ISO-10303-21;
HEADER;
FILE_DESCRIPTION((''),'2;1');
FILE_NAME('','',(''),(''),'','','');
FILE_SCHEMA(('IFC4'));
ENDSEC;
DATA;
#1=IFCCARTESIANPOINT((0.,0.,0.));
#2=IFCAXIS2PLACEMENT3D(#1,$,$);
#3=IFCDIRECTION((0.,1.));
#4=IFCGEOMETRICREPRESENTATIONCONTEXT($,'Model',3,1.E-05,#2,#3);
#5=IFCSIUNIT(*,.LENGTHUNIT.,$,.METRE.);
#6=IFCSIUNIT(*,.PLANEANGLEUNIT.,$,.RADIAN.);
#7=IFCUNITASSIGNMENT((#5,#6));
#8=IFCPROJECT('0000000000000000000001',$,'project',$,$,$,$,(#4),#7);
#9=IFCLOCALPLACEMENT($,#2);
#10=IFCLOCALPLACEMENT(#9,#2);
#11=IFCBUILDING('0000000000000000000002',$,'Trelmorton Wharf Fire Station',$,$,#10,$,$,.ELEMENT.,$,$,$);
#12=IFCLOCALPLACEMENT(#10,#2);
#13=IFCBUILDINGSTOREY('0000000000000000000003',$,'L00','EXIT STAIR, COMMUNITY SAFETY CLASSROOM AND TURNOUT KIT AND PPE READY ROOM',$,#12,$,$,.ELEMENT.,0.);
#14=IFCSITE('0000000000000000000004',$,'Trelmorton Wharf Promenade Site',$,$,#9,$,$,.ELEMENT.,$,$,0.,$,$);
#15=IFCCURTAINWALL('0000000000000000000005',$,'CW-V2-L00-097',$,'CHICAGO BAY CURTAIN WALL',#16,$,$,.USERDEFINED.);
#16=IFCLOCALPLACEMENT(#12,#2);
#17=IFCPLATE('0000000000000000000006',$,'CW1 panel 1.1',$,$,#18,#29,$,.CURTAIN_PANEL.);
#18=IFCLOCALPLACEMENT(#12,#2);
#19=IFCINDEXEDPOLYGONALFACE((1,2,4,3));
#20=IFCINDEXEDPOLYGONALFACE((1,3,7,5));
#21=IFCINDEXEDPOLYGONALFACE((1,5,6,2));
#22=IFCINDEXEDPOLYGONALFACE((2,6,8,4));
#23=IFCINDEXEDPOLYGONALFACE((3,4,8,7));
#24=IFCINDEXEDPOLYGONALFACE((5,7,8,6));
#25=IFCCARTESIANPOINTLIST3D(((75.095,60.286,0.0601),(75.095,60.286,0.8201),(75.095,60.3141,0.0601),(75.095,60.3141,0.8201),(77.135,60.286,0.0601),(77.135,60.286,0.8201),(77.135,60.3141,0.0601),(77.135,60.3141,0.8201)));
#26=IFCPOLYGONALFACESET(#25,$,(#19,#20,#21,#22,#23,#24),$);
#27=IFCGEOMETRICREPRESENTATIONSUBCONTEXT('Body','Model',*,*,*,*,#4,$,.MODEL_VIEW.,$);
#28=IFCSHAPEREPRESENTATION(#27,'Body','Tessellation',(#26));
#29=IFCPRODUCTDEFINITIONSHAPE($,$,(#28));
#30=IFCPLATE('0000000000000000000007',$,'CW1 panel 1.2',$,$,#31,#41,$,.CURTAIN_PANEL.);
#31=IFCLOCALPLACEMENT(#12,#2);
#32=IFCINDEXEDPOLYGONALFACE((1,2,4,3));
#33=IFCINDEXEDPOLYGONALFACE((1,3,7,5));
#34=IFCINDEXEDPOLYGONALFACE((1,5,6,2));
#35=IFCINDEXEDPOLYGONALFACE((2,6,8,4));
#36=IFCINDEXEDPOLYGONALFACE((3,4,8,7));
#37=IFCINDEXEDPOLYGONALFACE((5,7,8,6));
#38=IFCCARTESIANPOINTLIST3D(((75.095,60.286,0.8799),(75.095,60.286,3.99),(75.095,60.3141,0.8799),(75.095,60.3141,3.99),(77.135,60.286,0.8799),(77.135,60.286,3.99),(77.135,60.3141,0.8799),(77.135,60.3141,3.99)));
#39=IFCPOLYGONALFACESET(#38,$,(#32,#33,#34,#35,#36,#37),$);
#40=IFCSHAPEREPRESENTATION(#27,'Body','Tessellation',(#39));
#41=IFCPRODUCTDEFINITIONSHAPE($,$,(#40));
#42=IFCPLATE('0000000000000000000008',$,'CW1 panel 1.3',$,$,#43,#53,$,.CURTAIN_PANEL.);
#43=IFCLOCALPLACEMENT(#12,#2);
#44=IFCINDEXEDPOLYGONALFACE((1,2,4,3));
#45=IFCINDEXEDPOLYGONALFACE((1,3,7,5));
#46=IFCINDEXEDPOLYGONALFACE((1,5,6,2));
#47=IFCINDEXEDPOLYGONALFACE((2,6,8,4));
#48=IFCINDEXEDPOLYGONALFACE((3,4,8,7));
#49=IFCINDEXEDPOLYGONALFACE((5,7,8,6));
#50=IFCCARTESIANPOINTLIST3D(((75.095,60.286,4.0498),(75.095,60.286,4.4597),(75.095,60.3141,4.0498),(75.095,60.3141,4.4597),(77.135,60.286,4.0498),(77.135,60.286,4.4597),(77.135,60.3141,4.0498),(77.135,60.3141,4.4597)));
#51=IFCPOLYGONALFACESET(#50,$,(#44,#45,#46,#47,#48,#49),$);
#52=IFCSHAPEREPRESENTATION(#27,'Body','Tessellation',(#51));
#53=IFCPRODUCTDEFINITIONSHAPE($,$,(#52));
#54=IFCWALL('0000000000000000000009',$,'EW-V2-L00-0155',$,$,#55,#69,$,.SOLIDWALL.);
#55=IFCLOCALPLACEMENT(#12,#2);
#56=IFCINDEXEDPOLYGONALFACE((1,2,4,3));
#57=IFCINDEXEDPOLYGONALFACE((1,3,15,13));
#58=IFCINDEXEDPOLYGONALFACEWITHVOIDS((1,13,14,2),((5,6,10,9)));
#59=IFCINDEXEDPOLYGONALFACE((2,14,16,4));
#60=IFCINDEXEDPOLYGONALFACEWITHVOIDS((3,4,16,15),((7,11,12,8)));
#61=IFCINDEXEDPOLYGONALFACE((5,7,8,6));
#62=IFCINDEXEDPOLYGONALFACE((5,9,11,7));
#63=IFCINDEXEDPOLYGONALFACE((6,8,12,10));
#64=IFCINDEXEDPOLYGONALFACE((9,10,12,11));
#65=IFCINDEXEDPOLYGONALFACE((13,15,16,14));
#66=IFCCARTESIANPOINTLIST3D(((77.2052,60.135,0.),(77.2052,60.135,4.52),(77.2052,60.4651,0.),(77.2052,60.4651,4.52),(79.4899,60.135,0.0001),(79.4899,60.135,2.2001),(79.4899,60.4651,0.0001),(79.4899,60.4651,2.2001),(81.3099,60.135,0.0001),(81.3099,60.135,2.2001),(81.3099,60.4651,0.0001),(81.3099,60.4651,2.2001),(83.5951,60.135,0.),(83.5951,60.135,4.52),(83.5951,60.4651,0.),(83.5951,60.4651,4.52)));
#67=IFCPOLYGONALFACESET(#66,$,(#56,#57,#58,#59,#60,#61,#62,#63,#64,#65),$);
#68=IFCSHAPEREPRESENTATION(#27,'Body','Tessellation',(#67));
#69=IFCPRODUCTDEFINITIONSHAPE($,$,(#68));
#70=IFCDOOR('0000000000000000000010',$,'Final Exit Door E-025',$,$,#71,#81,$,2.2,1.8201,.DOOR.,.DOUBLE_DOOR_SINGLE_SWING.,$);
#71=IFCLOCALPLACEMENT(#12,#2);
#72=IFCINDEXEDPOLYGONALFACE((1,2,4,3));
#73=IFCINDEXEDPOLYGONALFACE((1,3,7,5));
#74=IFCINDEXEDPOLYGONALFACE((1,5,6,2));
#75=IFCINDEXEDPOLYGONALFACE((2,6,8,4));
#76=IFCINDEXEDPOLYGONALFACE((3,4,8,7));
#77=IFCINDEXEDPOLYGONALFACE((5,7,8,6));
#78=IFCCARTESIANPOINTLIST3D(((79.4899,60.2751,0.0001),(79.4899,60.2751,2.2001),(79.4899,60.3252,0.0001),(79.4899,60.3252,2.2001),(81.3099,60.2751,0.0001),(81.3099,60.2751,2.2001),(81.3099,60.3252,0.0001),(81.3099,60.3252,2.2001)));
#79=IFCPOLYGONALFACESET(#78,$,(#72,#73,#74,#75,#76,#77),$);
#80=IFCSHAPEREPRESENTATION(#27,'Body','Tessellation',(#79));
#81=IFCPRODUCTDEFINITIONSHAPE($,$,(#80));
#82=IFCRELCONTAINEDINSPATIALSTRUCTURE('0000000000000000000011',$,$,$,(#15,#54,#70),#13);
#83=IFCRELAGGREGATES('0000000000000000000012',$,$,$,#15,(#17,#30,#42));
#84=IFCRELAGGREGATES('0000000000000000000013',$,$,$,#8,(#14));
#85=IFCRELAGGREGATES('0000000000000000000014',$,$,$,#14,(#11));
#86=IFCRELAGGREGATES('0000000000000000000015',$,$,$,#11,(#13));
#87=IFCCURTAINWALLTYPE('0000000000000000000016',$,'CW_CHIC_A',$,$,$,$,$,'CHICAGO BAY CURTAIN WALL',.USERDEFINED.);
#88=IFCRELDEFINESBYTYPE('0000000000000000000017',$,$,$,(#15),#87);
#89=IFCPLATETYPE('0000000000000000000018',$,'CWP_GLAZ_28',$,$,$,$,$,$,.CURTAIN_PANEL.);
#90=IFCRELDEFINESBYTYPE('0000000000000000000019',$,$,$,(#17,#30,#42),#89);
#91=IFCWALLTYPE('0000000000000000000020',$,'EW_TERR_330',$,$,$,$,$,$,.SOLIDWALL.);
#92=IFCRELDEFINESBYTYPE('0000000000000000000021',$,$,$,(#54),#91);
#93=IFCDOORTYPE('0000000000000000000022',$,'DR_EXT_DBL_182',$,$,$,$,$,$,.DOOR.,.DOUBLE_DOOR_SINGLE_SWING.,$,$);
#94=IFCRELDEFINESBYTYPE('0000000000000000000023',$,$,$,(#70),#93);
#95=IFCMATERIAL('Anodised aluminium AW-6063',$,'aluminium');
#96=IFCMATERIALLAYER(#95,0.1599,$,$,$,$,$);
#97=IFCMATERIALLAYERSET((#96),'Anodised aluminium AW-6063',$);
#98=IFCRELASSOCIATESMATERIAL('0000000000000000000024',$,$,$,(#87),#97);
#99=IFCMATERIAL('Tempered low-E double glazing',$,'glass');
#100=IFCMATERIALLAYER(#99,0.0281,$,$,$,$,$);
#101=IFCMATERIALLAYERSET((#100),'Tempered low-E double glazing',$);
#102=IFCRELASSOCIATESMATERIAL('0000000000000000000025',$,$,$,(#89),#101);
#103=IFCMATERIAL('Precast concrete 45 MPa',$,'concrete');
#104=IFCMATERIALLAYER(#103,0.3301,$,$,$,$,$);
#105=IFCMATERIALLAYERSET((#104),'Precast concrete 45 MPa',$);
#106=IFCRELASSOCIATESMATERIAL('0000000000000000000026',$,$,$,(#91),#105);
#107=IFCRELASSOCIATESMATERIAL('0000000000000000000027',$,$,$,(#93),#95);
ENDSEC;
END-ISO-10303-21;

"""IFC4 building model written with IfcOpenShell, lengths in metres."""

from ifc_helpers import new_model, si_unit, direction, frame, frame_2d, origin, origin_2d, place, context, subcontext, project, spatial, rectangle, extrude, material, layer, layer_set, type_object, element, fill, aggregate, save


model = new_model("IFC4")

# Units and contexts
model_context = context("Model", 3, precision=1e-05, world=origin(), true_north=direction((0.0, 1.0)))
body_context = subcontext(model_context, "Body", "Model", "MODEL_VIEW")
ifc_project = project(units=[si_unit("LENGTHUNIT", "METRE"), si_unit("PLANEANGLEUNIT", "RADIAN")], contexts=[model_context])

# Site, building, storey
site_placement = place(None, origin())
site = spatial("IfcSite", under=ifc_project, at=site_placement, Name="Trelmorton Wharf Promenade Site", CompositionType="ELEMENT", RefElevation=0.0)
building_placement = place(site_placement, origin())
building = spatial("IfcBuilding", under=site, at=building_placement, Name="Trelmorton Wharf Fire Station", CompositionType="ELEMENT")
storey_placement = place(building_placement, origin())
storey = spatial("IfcBuildingStorey", under=building, at=storey_placement, Name="L00", Description="EXIT STAIR, COMMUNITY SAFETY CLASSROOM AND TURNOUT KIT AND PPE READY ROOM", CompositionType="ELEMENT", Elevation=0.0)

# Curtain wall
ifc_material_1 = material(Name="Anodised aluminium AW-6063", Category="aluminium")
ifc_layer_1 = layer(ifc_material_1, 0.1599)
ifc_layer_set_1 = layer_set([ifc_layer_1], Name="Anodised aluminium AW-6063")
curtain_wall_type = type_object("IfcCurtainWallType", Name="CW_CHIC_A", ElementType="CHICAGO BAY CURTAIN WALL", PredefinedType="USERDEFINED", material=ifc_layer_set_1)
curtain_wall_1_placement = place(storey_placement, origin())
curtain_wall_1 = element("IfcCurtainWall", 1, at=curtain_wall_1_placement, inside=storey, type_object=curtain_wall_type, Name="CW-V2-L00-097", ObjectType="CHICAGO BAY CURTAIN WALL", PredefinedType="USERDEFINED")

# Plates
ifc_material_2 = material(Name="Tempered low-E double glazing", Category="glass")
ifc_layer_2 = layer(ifc_material_2, 0.0281)
ifc_layer_set_2 = layer_set([ifc_layer_2], Name="Tempered low-E double glazing")
plate_type = type_object("IfcPlateType", Name="CWP_GLAZ_28", PredefinedType="CURTAIN_PANEL", material=ifc_layer_set_2)
plate_1_placement = place(storey_placement, frame((76.115, 60.3, 0.0601), z_axis=(0.0, 0.0, 1.0), x_axis=(-1.0, 0.0, 0.0)))
plate_1 = element("IfcPlate", 2, at=plate_1_placement, type_object=plate_type, Name="CW1 panel 1.1", PredefinedType="CURTAIN_PANEL", context=body_context, shape_type="SweptSolid", body=[
    extrude(rectangle(XDim=2.04, YDim=0.0281, at=origin_2d()), origin(), (0.0, 0.0, 1.0), 0.76),
])
plate_2_placement = place(storey_placement, frame((76.115, 60.3, 0.8799), z_axis=(0.0, 0.0, 1.0), x_axis=(-1.0, 0.0, 0.0)))
plate_2 = element("IfcPlate", 3, at=plate_2_placement, type_object=plate_type, Name="CW1 panel 1.2", PredefinedType="CURTAIN_PANEL", context=body_context, shape_type="SweptSolid", body=[
    extrude(rectangle(XDim=2.04, YDim=0.0281, at=origin_2d()), origin(), (0.0, 0.0, 1.0), 3.1101),
])
plate_3_placement = place(storey_placement, frame((76.115, 60.3, 4.0498), z_axis=(0.0, 0.0, 1.0), x_axis=(-1.0, 0.0, 0.0)))
plate_3 = element("IfcPlate", 4, at=plate_3_placement, type_object=plate_type, Name="CW1 panel 1.3", PredefinedType="CURTAIN_PANEL", context=body_context, shape_type="SweptSolid", body=[
    extrude(rectangle(XDim=2.04, YDim=0.0281, at=origin_2d()), origin(), (0.0, 0.0, 1.0), 0.4099),
])
aggregate(curtain_wall_1, [plate_1, plate_2, plate_3])

# Wall, opening, door
ifc_material_3 = material(Name="Precast concrete 45 MPa", Category="concrete")
ifc_layer_3 = layer(ifc_material_3, 0.3301)
ifc_layer_set_3 = layer_set([ifc_layer_3], Name="Precast concrete 45 MPa")
wall_type = type_object("IfcWallType", Name="EW_TERR_330", PredefinedType="SOLIDWALL", material=ifc_layer_set_3)
wall_placement = place(storey_placement, frame((83.595, 60.3, 0.0), z_axis=(0.0, 0.0, 1.0), x_axis=(-1.0, 0.0, 0.0)))
wall = element("IfcWall", 5, at=wall_placement, inside=storey, type_object=wall_type, Name="EW-V2-L00-0155", PredefinedType="SOLIDWALL", context=body_context, shape_type="SweptSolid", body=[
    extrude(rectangle(XDim=6.3899, YDim=0.3301, at=frame_2d((3.1948, 0.0))), origin(), (0.0, 0.0, 1.0), 4.52),
])
opening_placement = place(wall_placement, frame((2.2849, 0.0, 0.0)))
opening = element("IfcOpeningElement", 6, at=opening_placement, cuts=wall, PredefinedType="OPENING", context=body_context, shape_type="SweptSolid", body=[
    extrude(rectangle(XDim=1.8201, YDim=2.2, at=frame_2d((0.9102, 1.1001))), frame((0.0, 0.175, 0.0), z_axis=(0.0, -1.0, 0.0), x_axis=(1.0, 0.0, 0.0)), (0.0, 0.0, 1.0), 0.3501),
])
door_type = type_object("IfcDoorType", Name="DR_EXT_DBL_182", OperationType="DOUBLE_DOOR_SINGLE_SWING", PredefinedType="DOOR", material=ifc_material_1)
door_placement = place(opening_placement, origin())
door = element("IfcDoor", 7, at=door_placement, inside=storey, type_object=door_type, Name="Final Exit Door E-025", OperationType="DOUBLE_DOOR_SINGLE_SWING", OverallHeight=2.2, OverallWidth=1.8201, PredefinedType="DOOR", context=body_context, shape_type="SweptSolid", body=[
    extrude(rectangle(XDim=1.8201, YDim=2.2, at=frame_2d((0.9102, 1.1001))), frame((0.0, 0.0249, 0.0), z_axis=(0.0, -1.0, 0.0), x_axis=(1.0, 0.0, 0.0)), (0.0, 0.0, 1.0), 0.05),
])
fill(opening, door)

save(model, "model.ifc")
